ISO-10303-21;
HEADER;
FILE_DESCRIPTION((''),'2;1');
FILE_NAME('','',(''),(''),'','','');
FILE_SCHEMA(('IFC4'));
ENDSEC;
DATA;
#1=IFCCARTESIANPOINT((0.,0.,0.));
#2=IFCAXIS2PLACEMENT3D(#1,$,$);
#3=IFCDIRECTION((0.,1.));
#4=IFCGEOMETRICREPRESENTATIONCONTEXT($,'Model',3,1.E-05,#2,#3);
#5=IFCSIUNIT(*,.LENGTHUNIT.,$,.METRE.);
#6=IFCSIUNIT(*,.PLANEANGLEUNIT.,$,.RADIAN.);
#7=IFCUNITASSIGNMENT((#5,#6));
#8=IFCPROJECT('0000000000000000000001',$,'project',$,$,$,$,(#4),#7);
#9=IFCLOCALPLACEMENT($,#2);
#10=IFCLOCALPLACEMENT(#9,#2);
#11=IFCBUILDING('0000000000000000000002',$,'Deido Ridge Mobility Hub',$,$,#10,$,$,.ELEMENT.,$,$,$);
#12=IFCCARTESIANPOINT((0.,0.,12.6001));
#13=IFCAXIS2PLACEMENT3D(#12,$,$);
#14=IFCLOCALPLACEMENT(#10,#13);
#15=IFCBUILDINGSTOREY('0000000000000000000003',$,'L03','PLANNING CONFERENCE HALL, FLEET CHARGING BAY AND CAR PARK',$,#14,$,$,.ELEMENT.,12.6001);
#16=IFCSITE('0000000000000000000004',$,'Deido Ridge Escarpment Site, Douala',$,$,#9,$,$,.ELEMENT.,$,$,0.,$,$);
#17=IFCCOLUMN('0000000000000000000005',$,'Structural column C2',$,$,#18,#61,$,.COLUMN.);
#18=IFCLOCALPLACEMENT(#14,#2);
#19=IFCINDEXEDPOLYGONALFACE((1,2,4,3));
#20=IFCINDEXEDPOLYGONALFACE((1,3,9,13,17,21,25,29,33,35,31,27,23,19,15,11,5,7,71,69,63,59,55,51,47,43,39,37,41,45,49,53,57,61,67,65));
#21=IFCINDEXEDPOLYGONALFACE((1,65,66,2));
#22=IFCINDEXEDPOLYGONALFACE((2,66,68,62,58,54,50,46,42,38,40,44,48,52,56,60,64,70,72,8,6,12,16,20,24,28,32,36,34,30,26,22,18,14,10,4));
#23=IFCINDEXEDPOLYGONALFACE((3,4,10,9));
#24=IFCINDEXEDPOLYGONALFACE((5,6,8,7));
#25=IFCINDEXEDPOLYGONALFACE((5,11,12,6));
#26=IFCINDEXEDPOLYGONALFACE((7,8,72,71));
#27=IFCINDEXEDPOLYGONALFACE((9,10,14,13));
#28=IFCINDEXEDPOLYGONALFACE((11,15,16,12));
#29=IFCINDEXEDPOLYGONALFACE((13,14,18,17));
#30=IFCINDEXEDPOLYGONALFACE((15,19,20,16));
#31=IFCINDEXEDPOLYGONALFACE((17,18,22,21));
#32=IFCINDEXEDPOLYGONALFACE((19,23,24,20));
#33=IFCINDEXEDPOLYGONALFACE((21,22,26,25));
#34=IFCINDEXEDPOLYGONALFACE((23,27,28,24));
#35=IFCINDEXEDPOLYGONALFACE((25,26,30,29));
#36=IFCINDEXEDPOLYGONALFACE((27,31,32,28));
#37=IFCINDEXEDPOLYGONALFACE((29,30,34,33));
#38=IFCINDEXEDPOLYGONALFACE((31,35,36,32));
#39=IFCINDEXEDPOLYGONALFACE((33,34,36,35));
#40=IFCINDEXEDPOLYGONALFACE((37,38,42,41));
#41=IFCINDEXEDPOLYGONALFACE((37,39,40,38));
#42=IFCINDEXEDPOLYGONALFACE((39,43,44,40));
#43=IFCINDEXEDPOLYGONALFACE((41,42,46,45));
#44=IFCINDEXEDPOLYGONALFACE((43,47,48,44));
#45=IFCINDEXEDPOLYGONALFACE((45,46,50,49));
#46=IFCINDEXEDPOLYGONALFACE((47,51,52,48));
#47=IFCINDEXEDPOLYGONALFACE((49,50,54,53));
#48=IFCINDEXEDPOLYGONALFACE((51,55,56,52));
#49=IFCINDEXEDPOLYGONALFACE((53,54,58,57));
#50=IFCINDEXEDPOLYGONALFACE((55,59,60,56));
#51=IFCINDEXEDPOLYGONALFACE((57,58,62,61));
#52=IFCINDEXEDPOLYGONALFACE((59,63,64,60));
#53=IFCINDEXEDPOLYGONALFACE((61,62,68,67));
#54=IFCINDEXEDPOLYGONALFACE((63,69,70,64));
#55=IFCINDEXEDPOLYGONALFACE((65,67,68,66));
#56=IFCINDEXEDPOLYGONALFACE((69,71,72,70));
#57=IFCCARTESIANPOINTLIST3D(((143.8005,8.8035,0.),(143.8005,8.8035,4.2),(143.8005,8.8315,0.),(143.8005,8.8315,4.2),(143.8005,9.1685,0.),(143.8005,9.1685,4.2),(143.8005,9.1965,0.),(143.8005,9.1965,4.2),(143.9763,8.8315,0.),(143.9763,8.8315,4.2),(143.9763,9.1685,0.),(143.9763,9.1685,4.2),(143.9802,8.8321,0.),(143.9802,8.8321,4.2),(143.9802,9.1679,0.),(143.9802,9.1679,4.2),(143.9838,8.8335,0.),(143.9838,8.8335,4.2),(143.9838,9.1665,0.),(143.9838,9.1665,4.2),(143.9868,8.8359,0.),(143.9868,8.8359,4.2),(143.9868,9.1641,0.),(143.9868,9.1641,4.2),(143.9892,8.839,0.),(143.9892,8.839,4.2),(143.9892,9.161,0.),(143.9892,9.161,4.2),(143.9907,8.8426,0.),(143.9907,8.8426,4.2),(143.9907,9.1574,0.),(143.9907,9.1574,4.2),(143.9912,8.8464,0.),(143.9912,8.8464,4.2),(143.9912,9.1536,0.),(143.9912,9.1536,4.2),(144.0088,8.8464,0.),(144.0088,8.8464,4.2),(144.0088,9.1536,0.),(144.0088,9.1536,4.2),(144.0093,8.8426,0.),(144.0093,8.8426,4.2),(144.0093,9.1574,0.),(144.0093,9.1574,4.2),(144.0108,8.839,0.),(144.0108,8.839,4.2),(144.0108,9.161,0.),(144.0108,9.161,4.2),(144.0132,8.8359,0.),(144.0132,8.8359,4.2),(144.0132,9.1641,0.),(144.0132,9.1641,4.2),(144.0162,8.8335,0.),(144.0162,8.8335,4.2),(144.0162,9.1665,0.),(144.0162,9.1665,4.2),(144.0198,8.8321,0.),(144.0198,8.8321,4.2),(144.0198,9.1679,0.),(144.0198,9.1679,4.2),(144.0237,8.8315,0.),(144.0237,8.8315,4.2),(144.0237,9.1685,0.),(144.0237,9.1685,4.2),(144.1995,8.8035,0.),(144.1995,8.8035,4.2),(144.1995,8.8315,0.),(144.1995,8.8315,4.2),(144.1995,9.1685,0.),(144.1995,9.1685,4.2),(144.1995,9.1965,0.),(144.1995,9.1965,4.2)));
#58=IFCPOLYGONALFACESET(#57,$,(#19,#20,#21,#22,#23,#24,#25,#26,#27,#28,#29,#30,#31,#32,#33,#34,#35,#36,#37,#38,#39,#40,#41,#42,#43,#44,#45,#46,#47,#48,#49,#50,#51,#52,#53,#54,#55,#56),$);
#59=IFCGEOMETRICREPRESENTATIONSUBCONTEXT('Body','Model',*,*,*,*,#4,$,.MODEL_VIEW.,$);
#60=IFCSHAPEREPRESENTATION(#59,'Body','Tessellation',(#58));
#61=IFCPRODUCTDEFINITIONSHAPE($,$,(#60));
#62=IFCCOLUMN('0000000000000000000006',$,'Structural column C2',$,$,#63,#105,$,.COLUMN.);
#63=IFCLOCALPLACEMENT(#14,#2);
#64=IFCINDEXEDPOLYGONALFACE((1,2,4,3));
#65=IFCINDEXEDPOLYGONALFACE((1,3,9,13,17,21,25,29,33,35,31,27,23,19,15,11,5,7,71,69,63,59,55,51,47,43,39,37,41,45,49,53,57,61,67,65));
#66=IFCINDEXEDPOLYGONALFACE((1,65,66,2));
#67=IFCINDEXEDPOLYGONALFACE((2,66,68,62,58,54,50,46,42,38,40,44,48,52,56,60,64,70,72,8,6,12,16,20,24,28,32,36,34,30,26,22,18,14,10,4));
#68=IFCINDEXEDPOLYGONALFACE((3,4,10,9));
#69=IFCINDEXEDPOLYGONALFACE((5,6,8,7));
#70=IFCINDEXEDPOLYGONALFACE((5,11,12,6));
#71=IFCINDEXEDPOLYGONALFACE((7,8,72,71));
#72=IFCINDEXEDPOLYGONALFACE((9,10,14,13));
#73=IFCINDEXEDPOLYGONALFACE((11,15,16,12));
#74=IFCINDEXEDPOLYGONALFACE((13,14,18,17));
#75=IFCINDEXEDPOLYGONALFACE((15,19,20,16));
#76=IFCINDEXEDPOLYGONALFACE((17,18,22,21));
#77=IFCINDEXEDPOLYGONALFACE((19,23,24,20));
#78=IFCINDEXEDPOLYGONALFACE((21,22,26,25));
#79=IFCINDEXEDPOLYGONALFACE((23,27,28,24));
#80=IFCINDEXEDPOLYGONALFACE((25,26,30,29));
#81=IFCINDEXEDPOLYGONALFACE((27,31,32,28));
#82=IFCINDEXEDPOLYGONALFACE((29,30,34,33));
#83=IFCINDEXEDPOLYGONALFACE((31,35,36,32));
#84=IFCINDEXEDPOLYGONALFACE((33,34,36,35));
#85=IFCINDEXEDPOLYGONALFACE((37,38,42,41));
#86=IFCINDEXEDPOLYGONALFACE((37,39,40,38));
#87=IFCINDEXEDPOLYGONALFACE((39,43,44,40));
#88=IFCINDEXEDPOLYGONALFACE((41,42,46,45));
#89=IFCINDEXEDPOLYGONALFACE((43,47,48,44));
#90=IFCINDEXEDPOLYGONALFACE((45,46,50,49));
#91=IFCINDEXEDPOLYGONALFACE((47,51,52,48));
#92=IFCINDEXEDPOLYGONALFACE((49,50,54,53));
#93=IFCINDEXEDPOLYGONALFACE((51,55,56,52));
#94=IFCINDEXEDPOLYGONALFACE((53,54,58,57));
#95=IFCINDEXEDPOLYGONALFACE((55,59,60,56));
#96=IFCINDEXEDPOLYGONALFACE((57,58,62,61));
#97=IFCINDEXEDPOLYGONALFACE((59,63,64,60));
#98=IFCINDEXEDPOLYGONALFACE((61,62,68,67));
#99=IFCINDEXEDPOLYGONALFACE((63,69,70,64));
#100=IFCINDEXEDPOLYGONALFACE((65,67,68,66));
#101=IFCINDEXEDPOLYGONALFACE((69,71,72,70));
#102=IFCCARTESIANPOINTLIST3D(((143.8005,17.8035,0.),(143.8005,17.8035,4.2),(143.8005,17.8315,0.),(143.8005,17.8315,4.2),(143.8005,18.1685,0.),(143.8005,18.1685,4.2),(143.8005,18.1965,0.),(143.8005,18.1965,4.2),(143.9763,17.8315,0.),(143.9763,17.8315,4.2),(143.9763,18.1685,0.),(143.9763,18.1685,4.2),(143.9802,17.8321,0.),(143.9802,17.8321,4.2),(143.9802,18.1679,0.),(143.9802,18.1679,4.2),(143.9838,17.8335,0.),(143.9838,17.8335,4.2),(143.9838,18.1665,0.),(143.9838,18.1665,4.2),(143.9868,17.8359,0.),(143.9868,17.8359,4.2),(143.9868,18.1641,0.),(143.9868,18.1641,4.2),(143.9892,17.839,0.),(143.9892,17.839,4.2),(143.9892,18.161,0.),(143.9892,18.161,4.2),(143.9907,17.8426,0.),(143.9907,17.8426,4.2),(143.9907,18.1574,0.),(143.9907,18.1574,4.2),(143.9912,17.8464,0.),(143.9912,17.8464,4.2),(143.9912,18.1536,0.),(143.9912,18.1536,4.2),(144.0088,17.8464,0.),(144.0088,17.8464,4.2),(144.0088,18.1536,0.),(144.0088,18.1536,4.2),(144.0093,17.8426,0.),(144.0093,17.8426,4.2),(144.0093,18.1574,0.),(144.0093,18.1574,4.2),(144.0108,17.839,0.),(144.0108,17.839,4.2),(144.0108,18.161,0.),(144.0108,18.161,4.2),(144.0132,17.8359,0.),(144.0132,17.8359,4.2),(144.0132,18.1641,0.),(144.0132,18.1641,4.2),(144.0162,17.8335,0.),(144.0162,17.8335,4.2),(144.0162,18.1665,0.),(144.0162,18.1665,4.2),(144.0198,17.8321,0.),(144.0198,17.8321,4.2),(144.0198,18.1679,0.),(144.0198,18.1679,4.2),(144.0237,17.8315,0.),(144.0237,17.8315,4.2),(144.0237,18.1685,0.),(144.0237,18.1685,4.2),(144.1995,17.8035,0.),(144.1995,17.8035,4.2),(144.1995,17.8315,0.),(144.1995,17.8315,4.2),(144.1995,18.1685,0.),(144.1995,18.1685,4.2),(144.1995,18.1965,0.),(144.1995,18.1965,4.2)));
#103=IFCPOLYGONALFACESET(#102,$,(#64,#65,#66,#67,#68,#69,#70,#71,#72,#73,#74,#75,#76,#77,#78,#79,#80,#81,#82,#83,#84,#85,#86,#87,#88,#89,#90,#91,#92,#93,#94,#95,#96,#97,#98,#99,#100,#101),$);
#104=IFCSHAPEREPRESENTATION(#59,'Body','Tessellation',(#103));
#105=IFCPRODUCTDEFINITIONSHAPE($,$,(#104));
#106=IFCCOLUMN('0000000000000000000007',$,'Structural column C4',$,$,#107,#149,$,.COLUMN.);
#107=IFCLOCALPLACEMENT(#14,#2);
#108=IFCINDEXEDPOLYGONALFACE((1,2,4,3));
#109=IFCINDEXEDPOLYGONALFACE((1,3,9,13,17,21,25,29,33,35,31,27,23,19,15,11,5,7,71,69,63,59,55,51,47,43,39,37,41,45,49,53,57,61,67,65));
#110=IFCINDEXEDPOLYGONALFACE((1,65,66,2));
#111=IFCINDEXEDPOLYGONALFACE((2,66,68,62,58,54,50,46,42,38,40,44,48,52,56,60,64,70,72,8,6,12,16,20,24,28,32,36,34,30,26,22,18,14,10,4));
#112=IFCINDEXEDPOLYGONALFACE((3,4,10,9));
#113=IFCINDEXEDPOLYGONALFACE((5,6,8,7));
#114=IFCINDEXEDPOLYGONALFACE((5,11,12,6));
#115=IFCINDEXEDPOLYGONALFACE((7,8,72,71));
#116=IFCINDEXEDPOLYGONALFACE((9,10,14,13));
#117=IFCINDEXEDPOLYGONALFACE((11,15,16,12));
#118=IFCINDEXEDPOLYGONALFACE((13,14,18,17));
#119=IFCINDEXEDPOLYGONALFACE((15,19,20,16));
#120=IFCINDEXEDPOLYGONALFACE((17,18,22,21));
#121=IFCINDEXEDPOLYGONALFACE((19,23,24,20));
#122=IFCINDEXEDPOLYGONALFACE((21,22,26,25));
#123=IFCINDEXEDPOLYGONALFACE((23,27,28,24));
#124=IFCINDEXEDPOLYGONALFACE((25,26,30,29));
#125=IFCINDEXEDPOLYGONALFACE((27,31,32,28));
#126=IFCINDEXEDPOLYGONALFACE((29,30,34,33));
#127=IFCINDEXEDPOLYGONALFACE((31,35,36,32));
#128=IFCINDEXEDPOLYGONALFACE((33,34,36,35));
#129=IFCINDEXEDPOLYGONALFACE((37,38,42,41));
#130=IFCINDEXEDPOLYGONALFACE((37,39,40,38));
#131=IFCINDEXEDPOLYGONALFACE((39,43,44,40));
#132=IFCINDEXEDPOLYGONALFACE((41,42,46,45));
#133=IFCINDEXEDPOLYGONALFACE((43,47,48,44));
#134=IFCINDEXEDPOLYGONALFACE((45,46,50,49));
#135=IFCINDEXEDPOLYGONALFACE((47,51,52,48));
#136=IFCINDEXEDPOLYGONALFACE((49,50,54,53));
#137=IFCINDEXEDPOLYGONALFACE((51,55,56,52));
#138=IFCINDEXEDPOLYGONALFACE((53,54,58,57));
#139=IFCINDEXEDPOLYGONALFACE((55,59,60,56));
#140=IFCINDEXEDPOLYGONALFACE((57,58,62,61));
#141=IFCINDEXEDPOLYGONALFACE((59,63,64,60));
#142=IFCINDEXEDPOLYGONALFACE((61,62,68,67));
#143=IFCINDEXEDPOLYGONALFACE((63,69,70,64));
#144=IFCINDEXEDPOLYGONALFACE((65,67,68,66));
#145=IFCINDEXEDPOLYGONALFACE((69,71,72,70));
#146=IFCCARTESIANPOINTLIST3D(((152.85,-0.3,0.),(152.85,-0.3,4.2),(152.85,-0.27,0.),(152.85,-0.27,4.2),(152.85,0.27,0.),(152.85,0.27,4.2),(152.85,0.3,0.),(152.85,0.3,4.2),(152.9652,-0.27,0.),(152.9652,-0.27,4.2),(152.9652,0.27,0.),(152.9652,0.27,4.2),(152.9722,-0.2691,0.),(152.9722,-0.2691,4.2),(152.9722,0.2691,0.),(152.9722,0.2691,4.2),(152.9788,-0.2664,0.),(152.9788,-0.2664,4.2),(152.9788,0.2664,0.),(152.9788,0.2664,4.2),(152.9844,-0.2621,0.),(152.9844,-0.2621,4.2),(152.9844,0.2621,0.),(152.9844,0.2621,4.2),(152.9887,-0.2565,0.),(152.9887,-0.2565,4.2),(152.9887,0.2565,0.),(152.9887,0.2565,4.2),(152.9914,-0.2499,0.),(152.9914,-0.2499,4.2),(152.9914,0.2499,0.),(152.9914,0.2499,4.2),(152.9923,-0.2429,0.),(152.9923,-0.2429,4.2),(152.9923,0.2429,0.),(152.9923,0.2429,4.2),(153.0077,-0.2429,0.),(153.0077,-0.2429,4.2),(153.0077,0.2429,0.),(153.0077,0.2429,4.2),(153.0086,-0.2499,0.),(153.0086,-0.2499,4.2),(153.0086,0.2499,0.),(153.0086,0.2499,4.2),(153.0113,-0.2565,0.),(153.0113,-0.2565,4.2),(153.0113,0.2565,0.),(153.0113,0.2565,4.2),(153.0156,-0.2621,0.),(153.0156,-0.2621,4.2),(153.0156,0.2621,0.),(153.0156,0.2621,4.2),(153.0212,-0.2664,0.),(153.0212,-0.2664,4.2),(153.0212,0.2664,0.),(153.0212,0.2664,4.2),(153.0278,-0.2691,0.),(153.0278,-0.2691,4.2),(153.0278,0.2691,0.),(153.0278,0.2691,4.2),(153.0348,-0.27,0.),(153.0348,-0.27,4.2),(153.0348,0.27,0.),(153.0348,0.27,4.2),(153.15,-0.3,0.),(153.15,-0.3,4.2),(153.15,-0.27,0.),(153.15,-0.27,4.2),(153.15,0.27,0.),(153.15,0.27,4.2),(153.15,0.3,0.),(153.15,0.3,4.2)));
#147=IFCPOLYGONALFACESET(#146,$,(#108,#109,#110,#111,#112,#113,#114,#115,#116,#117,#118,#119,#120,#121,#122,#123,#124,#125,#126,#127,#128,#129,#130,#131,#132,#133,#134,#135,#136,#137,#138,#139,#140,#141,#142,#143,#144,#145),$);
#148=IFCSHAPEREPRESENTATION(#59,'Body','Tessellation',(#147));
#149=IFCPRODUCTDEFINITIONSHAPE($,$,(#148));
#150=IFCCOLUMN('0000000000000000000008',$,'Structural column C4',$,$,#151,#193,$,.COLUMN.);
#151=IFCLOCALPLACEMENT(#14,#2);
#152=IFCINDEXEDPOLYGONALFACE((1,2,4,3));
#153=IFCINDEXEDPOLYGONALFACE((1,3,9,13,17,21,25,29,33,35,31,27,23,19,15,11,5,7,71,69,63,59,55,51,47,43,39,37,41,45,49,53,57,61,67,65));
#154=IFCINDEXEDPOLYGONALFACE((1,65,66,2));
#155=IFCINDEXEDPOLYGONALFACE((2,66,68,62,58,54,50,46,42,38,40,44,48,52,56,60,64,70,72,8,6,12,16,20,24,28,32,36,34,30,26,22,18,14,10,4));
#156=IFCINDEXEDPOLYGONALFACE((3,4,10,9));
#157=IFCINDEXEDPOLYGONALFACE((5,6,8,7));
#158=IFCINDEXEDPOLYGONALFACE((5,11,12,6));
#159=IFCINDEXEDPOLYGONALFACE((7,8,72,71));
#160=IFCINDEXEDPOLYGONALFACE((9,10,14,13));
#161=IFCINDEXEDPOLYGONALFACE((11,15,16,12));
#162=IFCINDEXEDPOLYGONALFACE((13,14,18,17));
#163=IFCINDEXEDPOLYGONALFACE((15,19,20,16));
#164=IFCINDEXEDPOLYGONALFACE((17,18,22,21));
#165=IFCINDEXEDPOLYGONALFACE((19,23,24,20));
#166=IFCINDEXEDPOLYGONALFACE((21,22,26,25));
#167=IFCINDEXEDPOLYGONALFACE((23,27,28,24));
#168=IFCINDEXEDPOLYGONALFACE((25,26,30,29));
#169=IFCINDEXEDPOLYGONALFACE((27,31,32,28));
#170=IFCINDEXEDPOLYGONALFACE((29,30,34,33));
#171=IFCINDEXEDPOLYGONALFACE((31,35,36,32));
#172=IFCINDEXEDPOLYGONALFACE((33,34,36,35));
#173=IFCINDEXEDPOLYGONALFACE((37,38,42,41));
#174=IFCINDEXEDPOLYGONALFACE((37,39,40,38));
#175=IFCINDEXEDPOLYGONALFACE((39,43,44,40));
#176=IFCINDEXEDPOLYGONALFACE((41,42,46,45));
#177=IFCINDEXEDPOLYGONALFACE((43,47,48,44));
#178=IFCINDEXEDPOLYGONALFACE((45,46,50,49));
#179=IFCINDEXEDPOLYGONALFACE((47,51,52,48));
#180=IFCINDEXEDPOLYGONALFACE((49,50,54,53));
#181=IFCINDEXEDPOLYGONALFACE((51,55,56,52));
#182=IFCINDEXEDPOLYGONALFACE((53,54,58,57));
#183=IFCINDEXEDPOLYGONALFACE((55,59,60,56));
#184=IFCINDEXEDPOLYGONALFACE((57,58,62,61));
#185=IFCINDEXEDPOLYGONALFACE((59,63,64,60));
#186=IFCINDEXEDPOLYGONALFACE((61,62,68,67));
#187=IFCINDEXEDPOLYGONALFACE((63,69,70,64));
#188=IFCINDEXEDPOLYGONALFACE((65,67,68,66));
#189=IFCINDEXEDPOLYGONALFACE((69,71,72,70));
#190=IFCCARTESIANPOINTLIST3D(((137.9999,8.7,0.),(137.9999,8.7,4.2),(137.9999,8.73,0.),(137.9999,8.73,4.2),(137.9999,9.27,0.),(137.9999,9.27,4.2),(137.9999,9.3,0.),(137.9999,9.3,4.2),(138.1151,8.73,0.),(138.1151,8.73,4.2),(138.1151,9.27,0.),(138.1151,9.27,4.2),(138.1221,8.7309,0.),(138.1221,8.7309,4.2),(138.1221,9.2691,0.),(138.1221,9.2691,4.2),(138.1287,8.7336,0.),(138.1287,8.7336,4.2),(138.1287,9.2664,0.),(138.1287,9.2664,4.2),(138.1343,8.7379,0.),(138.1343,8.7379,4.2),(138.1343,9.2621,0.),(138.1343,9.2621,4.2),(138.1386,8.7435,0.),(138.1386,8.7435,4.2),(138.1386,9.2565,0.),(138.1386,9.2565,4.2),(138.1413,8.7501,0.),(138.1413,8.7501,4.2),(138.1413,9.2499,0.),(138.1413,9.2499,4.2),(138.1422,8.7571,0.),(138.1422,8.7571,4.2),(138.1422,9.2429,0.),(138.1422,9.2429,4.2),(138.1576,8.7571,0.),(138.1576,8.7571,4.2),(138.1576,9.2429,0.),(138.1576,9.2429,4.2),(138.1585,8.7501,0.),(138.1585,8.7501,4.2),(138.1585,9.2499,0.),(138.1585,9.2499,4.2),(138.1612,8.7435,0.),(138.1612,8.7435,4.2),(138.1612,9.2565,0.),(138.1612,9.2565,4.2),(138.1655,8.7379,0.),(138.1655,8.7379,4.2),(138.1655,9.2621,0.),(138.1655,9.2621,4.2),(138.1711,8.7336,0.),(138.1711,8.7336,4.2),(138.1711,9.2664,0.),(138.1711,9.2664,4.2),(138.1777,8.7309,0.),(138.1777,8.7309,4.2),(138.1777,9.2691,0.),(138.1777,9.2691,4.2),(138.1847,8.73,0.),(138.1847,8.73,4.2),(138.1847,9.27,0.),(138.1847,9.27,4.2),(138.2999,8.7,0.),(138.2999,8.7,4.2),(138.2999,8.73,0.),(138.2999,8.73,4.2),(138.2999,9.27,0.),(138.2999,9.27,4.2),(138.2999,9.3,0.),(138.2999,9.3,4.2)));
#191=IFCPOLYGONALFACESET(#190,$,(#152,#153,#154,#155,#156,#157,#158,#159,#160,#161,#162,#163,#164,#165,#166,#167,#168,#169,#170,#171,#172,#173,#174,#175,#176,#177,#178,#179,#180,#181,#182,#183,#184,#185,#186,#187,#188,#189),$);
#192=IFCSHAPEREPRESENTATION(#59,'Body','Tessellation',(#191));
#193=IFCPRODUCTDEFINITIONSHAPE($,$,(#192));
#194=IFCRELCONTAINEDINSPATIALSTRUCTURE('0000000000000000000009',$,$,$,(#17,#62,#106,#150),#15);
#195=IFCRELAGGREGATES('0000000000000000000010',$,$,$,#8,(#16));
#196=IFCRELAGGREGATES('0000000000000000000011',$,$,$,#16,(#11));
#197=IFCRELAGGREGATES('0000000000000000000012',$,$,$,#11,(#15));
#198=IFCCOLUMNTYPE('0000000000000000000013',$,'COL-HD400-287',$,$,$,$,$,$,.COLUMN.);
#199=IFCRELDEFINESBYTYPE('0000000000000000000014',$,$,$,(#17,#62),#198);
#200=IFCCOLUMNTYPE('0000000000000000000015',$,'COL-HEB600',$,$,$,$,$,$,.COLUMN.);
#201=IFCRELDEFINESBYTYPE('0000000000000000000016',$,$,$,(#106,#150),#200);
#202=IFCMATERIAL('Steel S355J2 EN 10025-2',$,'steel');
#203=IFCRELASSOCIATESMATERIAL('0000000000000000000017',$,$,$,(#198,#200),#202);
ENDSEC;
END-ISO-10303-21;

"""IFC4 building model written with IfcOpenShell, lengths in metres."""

from ifc_helpers import new_model, si_unit, direction, frame, origin, origin_2d, place, context, subcontext, project, spatial, i_section, extrude, material, material_profile, profile_set, type_object, element, save


model = new_model("IFC4")

# Units and contexts
model_context = context("Model", 3, precision=1e-05, world=origin(), true_north=direction((0.0, 1.0)))
body_context = subcontext(model_context, "Body", "Model", "MODEL_VIEW")
ifc_project = project(units=[si_unit("LENGTHUNIT", "METRE"), si_unit("PLANEANGLEUNIT", "RADIAN")], contexts=[model_context])

# Site, building, storey
site_placement = place(None, origin())
site = spatial("IfcSite", under=ifc_project, at=site_placement, Name="Deido Ridge Escarpment Site, Douala", CompositionType="ELEMENT", RefElevation=0.0)
building_placement = place(site_placement, origin())
building = spatial("IfcBuilding", under=site, at=building_placement, Name="Deido Ridge Mobility Hub", CompositionType="ELEMENT")
storey_placement = place(building_placement, frame((0.0, 0.0, 12.6001)))
storey = spatial("IfcBuildingStorey", under=building, at=storey_placement, Name="L03", Description="PLANNING CONFERENCE HALL, FLEET CHARGING BAY AND CAR PARK", CompositionType="ELEMENT", Elevation=12.6001)

# Columns
ifc_material_1 = material(Name="Steel S355J2 EN 10025-2", Category="steel")
ifc_material_profile_1 = material_profile(ifc_material_1, i_section(OverallWidth=0.3989, OverallDepth=0.3931, WebThickness=0.0176, FlangeThickness=0.0281, FilletRadius=0.0149, at=origin_2d()), Name="HD 400x287")
ifc_profile_set_1 = profile_set([ifc_material_profile_1], Name="Steel S355J2 EN 10025-2")
column_type_1 = type_object("IfcColumnType", Name="COL-HD400-287", PredefinedType="COLUMN", material=ifc_profile_set_1)
for number, where, z_axis, x_axis, name in (
    (1, (144.0, 9.0, 0.0), (0.0, 0.0, 1.0), (1.0, 0.0, 0.0), "Structural column C2"),
    (2, (144.0, 18.0, 0.0), (0.0, 0.0, 1.0), (1.0, 0.0, 0.0), "Structural column C2"),
):
    element("IfcColumn", number, at=place(storey_placement, frame(where, z_axis=z_axis, x_axis=x_axis)), inside=storey, type_object=column_type_1, Name=name, PredefinedType="COLUMN", context=body_context, shape_type="SweptSolid", body=[
        extrude(i_section(OverallWidth=0.3989, OverallDepth=0.3931, WebThickness=0.0176, FlangeThickness=0.0281, FilletRadius=0.0149, at=origin_2d()), origin(), (0.0, 0.0, 1.0), 4.2),
    ])
ifc_material_profile_2 = material_profile(ifc_material_1, i_section(OverallWidth=0.3, OverallDepth=0.6001, WebThickness=0.0154, FlangeThickness=0.03, FilletRadius=0.0271, at=origin_2d()), Name="HEB 600")
ifc_profile_set_2 = profile_set([ifc_material_profile_2], Name="Steel S355J2 EN 10025-2")
column_type_2 = type_object("IfcColumnType", Name="COL-HEB600", PredefinedType="COLUMN", material=ifc_profile_set_2)
for number, where, z_axis, x_axis, name in (
    (3, (153.0, 0.0, 0.0), (0.0, 0.0, 1.0), (1.0, 0.0, 0.0), "Structural column C4"),
    (4, (138.1499, 9.0, 0.0), (0.0, 0.0, 1.0), (1.0, 0.0, 0.0), "Structural column C4"),
):
    element("IfcColumn", number, at=place(storey_placement, frame(where, z_axis=z_axis, x_axis=x_axis)), inside=storey, type_object=column_type_2, Name=name, PredefinedType="COLUMN", context=body_context, shape_type="SweptSolid", body=[
        extrude(i_section(OverallWidth=0.3, OverallDepth=0.6001, WebThickness=0.0154, FlangeThickness=0.03, FilletRadius=0.0271, at=origin_2d()), origin(), (0.0, 0.0, 1.0), 4.2),
    ])

save(model, "model.ifc")
